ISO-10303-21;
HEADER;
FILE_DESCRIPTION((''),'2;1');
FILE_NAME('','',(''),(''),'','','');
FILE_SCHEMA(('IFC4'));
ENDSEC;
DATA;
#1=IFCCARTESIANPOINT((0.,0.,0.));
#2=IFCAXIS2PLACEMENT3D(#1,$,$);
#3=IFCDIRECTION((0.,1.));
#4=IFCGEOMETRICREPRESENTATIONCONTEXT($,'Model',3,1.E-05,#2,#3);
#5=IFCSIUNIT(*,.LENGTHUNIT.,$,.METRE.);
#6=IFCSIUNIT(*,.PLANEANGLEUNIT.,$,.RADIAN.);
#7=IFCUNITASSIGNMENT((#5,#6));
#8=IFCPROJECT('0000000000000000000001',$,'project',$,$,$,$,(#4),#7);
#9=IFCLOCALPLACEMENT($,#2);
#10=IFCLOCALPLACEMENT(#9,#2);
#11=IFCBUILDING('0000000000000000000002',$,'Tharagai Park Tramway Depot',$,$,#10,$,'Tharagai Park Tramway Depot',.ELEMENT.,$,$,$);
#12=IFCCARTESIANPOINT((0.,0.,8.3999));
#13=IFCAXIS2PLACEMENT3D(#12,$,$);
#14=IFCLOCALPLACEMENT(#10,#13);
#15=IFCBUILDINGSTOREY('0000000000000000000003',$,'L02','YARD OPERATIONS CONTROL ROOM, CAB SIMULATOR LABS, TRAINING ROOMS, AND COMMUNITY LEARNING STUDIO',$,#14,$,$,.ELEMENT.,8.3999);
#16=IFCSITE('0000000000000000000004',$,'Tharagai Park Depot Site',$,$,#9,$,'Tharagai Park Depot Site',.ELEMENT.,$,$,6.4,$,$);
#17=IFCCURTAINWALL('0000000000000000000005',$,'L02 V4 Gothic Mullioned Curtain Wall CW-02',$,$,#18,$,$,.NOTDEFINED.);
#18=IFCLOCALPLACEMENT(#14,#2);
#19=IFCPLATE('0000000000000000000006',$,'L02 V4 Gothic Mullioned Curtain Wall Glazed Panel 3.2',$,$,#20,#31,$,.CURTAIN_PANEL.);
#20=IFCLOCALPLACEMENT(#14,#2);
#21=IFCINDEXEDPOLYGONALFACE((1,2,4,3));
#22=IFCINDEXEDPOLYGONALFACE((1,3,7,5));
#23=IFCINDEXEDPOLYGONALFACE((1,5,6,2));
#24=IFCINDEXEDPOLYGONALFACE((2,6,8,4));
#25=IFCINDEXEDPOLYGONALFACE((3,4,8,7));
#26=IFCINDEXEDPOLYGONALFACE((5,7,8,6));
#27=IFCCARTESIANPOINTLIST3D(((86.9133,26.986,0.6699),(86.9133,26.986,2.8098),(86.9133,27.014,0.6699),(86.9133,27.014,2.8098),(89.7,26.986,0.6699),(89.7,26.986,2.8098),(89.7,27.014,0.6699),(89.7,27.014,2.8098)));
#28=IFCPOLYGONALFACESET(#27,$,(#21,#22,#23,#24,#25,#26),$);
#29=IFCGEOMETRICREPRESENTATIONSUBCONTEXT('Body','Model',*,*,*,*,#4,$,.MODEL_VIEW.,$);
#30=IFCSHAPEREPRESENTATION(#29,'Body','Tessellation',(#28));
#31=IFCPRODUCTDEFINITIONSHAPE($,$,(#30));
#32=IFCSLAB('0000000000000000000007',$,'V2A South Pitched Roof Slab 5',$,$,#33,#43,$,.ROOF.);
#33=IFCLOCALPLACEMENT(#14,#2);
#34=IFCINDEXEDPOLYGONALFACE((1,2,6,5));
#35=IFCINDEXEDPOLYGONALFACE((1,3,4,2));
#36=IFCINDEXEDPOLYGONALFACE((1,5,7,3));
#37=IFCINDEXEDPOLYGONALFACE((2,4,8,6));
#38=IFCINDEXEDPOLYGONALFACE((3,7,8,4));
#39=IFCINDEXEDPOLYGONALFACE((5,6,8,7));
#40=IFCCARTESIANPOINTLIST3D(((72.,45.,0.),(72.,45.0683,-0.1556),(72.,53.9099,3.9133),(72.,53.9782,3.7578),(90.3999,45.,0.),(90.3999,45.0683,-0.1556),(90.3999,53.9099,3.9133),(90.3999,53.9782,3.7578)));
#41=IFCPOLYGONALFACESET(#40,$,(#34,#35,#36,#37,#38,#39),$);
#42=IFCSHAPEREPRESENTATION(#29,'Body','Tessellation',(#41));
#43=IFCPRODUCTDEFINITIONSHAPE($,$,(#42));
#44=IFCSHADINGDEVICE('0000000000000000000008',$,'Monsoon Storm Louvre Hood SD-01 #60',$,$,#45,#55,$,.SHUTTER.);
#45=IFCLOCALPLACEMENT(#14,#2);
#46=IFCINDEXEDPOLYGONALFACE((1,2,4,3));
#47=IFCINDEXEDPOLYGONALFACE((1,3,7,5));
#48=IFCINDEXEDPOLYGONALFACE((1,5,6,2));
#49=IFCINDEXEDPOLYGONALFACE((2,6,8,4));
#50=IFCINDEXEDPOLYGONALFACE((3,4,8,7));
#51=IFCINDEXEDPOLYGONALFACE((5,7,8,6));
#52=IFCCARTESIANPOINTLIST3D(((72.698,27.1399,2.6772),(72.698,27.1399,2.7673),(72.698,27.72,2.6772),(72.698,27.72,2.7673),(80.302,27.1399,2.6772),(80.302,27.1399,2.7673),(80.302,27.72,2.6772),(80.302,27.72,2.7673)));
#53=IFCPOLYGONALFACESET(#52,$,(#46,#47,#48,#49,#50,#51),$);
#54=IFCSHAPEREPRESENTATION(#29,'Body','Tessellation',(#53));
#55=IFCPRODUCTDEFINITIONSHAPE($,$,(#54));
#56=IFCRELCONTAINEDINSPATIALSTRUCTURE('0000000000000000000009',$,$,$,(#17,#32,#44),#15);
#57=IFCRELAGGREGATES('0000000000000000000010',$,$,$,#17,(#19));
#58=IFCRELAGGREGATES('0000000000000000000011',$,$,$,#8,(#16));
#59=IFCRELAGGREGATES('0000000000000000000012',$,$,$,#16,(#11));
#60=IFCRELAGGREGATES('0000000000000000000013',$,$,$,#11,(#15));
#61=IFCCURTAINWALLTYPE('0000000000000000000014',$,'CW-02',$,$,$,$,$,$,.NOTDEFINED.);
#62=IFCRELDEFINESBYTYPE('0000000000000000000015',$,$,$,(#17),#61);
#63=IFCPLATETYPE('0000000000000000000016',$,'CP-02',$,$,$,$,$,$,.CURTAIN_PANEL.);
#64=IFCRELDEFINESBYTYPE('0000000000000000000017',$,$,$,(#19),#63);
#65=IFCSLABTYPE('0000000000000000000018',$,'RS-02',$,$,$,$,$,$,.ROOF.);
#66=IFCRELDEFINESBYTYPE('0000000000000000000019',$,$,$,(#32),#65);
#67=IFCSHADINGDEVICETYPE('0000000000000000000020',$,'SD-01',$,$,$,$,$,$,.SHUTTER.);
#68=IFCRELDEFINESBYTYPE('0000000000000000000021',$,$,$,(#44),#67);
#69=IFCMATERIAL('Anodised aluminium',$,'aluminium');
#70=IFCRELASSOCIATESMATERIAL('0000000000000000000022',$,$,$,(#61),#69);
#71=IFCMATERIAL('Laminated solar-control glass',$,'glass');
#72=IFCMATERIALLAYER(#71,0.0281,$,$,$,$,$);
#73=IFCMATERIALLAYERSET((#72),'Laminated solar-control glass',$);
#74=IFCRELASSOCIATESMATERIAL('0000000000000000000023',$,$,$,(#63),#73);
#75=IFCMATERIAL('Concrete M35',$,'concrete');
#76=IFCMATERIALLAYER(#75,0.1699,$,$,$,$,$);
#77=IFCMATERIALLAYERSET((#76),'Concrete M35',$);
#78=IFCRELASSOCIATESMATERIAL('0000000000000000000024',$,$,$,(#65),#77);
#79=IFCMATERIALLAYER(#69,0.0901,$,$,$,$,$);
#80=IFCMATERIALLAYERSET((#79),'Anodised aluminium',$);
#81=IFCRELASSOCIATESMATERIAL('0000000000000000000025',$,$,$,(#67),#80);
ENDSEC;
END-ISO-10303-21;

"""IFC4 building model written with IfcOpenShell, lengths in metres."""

from ifc_helpers import new_model, si_unit, direction, frame, origin, origin_2d, place, context, subcontext, project, spatial, polyline, rectangle, outline, extrude, material, layer, layer_set, type_object, element, aggregate, save


model = new_model("IFC4")

# Units and contexts
model_context = context("Model", 3, precision=1e-05, world=origin(), true_north=direction((0.0, 1.0)))
body_context = subcontext(model_context, "Body", "Model", "MODEL_VIEW")
ifc_project = project(units=[si_unit("LENGTHUNIT", "METRE"), si_unit("PLANEANGLEUNIT", "RADIAN")], contexts=[model_context])

# Site, building, storey
site_placement = place(None, origin())
site = spatial("IfcSite", under=ifc_project, at=site_placement, Name="Tharagai Park Depot Site", LongName="Tharagai Park Depot Site", CompositionType="ELEMENT", RefElevation=6.4)
building_placement = place(site_placement, origin())
building = spatial("IfcBuilding", under=site, at=building_placement, Name="Tharagai Park Tramway Depot", LongName="Tharagai Park Tramway Depot", CompositionType="ELEMENT")
storey_placement = place(building_placement, frame((0.0, 0.0, 8.3999)))
storey = spatial("IfcBuildingStorey", under=building, at=storey_placement, Name="L02", Description="YARD OPERATIONS CONTROL ROOM, CAB SIMULATOR LABS, TRAINING ROOMS, AND COMMUNITY LEARNING STUDIO", CompositionType="ELEMENT", Elevation=8.3999)

# Curtain wall
ifc_material_1 = material(Name="Anodised aluminium", Category="aluminium")
curtain_wall_type = type_object("IfcCurtainWallType", Name="CW-02", PredefinedType="NOTDEFINED", material=ifc_material_1)
curtain_wall_placement = place(storey_placement, origin())
curtain_wall = element("IfcCurtainWall", 1, at=curtain_wall_placement, inside=storey, type_object=curtain_wall_type, Name="L02 V4 Gothic Mullioned Curtain Wall CW-02", PredefinedType="NOTDEFINED")

# Shared definitions
ifc_material_2 = material(Name="Concrete M35", Category="concrete")

# Plate
ifc_material_3 = material(Name="Laminated solar-control glass", Category="glass")
ifc_layer_1 = layer(ifc_material_3, 0.0281)
ifc_layer_set_1 = layer_set([ifc_layer_1], Name="Laminated solar-control glass")
plate_type_1 = type_object("IfcPlateType", Name="CP-02", PredefinedType="CURTAIN_PANEL", material=ifc_layer_set_1)
plate_1_placement = place(storey_placement, frame((88.3066, 27.0, 0.6699), z_axis=(0.0, 0.0, 1.0), x_axis=(1.0, 0.0, 0.0)))
plate_1 = element("IfcPlate", 2, at=plate_1_placement, type_object=plate_type_1, Name="L02 V4 Gothic Mullioned Curtain Wall Glazed Panel 3.2", PredefinedType="CURTAIN_PANEL", context=body_context, shape_type="SweptSolid", body=[
    extrude(rectangle(XDim=2.7866, YDim=0.0281, at=origin_2d()), origin(), (0.0, 0.0, 1.0), 2.1399),
])
aggregate(curtain_wall, [plate_1])

# Slab
ifc_layer_2 = layer(ifc_material_2, 0.1699)
ifc_layer_set_2 = layer_set([ifc_layer_2], Name="Concrete M35")
slab_type = type_object("IfcSlabType", Name="RS-02", PredefinedType="ROOF", material=ifc_layer_set_2)
slab_placement = place(storey_placement, frame((72.0, 45.0, 0.0), z_axis=(0.0, -0.402133, 0.915581), x_axis=(1.0, 0.0, 0.0)))
element("IfcSlab", 3, at=slab_placement, inside=storey, type_object=slab_type, Name="V2A South Pitched Roof Slab 5", PredefinedType="ROOF", context=body_context, shape_type="SweptSolid", body=[
    extrude(outline(polyline([(0.0, 0.0), (18.3999, 0.0), (18.3999, 9.7314), (0.0, 9.7314), (0.0, 0.0)])), origin(), (0.0, 0.0, -1.0), 0.1699),
])

# Shading device
ifc_layer_3 = layer(ifc_material_1, 0.0901)
ifc_layer_set_3 = layer_set([ifc_layer_3], Name="Anodised aluminium")
shading_device_type = type_object("IfcShadingDeviceType", Name="SD-01", PredefinedType="SHUTTER", material=ifc_layer_set_3)
shading_device_placement = place(storey_placement, frame((76.5, 27.4299, 2.6772), z_axis=(0.0, 0.0, 1.0), x_axis=(1.0, 0.0, 0.0)))
element("IfcShadingDevice", 4, at=shading_device_placement, inside=storey, type_object=shading_device_type, Name="Monsoon Storm Louvre Hood SD-01 #60", PredefinedType="SHUTTER", context=body_context, shape_type="SweptSolid", body=[
    extrude(rectangle(XDim=7.604, YDim=0.5801, at=origin_2d()), origin(), (0.0, 0.0, 1.0), 0.0901),
])

save(model, "model.ifc")
